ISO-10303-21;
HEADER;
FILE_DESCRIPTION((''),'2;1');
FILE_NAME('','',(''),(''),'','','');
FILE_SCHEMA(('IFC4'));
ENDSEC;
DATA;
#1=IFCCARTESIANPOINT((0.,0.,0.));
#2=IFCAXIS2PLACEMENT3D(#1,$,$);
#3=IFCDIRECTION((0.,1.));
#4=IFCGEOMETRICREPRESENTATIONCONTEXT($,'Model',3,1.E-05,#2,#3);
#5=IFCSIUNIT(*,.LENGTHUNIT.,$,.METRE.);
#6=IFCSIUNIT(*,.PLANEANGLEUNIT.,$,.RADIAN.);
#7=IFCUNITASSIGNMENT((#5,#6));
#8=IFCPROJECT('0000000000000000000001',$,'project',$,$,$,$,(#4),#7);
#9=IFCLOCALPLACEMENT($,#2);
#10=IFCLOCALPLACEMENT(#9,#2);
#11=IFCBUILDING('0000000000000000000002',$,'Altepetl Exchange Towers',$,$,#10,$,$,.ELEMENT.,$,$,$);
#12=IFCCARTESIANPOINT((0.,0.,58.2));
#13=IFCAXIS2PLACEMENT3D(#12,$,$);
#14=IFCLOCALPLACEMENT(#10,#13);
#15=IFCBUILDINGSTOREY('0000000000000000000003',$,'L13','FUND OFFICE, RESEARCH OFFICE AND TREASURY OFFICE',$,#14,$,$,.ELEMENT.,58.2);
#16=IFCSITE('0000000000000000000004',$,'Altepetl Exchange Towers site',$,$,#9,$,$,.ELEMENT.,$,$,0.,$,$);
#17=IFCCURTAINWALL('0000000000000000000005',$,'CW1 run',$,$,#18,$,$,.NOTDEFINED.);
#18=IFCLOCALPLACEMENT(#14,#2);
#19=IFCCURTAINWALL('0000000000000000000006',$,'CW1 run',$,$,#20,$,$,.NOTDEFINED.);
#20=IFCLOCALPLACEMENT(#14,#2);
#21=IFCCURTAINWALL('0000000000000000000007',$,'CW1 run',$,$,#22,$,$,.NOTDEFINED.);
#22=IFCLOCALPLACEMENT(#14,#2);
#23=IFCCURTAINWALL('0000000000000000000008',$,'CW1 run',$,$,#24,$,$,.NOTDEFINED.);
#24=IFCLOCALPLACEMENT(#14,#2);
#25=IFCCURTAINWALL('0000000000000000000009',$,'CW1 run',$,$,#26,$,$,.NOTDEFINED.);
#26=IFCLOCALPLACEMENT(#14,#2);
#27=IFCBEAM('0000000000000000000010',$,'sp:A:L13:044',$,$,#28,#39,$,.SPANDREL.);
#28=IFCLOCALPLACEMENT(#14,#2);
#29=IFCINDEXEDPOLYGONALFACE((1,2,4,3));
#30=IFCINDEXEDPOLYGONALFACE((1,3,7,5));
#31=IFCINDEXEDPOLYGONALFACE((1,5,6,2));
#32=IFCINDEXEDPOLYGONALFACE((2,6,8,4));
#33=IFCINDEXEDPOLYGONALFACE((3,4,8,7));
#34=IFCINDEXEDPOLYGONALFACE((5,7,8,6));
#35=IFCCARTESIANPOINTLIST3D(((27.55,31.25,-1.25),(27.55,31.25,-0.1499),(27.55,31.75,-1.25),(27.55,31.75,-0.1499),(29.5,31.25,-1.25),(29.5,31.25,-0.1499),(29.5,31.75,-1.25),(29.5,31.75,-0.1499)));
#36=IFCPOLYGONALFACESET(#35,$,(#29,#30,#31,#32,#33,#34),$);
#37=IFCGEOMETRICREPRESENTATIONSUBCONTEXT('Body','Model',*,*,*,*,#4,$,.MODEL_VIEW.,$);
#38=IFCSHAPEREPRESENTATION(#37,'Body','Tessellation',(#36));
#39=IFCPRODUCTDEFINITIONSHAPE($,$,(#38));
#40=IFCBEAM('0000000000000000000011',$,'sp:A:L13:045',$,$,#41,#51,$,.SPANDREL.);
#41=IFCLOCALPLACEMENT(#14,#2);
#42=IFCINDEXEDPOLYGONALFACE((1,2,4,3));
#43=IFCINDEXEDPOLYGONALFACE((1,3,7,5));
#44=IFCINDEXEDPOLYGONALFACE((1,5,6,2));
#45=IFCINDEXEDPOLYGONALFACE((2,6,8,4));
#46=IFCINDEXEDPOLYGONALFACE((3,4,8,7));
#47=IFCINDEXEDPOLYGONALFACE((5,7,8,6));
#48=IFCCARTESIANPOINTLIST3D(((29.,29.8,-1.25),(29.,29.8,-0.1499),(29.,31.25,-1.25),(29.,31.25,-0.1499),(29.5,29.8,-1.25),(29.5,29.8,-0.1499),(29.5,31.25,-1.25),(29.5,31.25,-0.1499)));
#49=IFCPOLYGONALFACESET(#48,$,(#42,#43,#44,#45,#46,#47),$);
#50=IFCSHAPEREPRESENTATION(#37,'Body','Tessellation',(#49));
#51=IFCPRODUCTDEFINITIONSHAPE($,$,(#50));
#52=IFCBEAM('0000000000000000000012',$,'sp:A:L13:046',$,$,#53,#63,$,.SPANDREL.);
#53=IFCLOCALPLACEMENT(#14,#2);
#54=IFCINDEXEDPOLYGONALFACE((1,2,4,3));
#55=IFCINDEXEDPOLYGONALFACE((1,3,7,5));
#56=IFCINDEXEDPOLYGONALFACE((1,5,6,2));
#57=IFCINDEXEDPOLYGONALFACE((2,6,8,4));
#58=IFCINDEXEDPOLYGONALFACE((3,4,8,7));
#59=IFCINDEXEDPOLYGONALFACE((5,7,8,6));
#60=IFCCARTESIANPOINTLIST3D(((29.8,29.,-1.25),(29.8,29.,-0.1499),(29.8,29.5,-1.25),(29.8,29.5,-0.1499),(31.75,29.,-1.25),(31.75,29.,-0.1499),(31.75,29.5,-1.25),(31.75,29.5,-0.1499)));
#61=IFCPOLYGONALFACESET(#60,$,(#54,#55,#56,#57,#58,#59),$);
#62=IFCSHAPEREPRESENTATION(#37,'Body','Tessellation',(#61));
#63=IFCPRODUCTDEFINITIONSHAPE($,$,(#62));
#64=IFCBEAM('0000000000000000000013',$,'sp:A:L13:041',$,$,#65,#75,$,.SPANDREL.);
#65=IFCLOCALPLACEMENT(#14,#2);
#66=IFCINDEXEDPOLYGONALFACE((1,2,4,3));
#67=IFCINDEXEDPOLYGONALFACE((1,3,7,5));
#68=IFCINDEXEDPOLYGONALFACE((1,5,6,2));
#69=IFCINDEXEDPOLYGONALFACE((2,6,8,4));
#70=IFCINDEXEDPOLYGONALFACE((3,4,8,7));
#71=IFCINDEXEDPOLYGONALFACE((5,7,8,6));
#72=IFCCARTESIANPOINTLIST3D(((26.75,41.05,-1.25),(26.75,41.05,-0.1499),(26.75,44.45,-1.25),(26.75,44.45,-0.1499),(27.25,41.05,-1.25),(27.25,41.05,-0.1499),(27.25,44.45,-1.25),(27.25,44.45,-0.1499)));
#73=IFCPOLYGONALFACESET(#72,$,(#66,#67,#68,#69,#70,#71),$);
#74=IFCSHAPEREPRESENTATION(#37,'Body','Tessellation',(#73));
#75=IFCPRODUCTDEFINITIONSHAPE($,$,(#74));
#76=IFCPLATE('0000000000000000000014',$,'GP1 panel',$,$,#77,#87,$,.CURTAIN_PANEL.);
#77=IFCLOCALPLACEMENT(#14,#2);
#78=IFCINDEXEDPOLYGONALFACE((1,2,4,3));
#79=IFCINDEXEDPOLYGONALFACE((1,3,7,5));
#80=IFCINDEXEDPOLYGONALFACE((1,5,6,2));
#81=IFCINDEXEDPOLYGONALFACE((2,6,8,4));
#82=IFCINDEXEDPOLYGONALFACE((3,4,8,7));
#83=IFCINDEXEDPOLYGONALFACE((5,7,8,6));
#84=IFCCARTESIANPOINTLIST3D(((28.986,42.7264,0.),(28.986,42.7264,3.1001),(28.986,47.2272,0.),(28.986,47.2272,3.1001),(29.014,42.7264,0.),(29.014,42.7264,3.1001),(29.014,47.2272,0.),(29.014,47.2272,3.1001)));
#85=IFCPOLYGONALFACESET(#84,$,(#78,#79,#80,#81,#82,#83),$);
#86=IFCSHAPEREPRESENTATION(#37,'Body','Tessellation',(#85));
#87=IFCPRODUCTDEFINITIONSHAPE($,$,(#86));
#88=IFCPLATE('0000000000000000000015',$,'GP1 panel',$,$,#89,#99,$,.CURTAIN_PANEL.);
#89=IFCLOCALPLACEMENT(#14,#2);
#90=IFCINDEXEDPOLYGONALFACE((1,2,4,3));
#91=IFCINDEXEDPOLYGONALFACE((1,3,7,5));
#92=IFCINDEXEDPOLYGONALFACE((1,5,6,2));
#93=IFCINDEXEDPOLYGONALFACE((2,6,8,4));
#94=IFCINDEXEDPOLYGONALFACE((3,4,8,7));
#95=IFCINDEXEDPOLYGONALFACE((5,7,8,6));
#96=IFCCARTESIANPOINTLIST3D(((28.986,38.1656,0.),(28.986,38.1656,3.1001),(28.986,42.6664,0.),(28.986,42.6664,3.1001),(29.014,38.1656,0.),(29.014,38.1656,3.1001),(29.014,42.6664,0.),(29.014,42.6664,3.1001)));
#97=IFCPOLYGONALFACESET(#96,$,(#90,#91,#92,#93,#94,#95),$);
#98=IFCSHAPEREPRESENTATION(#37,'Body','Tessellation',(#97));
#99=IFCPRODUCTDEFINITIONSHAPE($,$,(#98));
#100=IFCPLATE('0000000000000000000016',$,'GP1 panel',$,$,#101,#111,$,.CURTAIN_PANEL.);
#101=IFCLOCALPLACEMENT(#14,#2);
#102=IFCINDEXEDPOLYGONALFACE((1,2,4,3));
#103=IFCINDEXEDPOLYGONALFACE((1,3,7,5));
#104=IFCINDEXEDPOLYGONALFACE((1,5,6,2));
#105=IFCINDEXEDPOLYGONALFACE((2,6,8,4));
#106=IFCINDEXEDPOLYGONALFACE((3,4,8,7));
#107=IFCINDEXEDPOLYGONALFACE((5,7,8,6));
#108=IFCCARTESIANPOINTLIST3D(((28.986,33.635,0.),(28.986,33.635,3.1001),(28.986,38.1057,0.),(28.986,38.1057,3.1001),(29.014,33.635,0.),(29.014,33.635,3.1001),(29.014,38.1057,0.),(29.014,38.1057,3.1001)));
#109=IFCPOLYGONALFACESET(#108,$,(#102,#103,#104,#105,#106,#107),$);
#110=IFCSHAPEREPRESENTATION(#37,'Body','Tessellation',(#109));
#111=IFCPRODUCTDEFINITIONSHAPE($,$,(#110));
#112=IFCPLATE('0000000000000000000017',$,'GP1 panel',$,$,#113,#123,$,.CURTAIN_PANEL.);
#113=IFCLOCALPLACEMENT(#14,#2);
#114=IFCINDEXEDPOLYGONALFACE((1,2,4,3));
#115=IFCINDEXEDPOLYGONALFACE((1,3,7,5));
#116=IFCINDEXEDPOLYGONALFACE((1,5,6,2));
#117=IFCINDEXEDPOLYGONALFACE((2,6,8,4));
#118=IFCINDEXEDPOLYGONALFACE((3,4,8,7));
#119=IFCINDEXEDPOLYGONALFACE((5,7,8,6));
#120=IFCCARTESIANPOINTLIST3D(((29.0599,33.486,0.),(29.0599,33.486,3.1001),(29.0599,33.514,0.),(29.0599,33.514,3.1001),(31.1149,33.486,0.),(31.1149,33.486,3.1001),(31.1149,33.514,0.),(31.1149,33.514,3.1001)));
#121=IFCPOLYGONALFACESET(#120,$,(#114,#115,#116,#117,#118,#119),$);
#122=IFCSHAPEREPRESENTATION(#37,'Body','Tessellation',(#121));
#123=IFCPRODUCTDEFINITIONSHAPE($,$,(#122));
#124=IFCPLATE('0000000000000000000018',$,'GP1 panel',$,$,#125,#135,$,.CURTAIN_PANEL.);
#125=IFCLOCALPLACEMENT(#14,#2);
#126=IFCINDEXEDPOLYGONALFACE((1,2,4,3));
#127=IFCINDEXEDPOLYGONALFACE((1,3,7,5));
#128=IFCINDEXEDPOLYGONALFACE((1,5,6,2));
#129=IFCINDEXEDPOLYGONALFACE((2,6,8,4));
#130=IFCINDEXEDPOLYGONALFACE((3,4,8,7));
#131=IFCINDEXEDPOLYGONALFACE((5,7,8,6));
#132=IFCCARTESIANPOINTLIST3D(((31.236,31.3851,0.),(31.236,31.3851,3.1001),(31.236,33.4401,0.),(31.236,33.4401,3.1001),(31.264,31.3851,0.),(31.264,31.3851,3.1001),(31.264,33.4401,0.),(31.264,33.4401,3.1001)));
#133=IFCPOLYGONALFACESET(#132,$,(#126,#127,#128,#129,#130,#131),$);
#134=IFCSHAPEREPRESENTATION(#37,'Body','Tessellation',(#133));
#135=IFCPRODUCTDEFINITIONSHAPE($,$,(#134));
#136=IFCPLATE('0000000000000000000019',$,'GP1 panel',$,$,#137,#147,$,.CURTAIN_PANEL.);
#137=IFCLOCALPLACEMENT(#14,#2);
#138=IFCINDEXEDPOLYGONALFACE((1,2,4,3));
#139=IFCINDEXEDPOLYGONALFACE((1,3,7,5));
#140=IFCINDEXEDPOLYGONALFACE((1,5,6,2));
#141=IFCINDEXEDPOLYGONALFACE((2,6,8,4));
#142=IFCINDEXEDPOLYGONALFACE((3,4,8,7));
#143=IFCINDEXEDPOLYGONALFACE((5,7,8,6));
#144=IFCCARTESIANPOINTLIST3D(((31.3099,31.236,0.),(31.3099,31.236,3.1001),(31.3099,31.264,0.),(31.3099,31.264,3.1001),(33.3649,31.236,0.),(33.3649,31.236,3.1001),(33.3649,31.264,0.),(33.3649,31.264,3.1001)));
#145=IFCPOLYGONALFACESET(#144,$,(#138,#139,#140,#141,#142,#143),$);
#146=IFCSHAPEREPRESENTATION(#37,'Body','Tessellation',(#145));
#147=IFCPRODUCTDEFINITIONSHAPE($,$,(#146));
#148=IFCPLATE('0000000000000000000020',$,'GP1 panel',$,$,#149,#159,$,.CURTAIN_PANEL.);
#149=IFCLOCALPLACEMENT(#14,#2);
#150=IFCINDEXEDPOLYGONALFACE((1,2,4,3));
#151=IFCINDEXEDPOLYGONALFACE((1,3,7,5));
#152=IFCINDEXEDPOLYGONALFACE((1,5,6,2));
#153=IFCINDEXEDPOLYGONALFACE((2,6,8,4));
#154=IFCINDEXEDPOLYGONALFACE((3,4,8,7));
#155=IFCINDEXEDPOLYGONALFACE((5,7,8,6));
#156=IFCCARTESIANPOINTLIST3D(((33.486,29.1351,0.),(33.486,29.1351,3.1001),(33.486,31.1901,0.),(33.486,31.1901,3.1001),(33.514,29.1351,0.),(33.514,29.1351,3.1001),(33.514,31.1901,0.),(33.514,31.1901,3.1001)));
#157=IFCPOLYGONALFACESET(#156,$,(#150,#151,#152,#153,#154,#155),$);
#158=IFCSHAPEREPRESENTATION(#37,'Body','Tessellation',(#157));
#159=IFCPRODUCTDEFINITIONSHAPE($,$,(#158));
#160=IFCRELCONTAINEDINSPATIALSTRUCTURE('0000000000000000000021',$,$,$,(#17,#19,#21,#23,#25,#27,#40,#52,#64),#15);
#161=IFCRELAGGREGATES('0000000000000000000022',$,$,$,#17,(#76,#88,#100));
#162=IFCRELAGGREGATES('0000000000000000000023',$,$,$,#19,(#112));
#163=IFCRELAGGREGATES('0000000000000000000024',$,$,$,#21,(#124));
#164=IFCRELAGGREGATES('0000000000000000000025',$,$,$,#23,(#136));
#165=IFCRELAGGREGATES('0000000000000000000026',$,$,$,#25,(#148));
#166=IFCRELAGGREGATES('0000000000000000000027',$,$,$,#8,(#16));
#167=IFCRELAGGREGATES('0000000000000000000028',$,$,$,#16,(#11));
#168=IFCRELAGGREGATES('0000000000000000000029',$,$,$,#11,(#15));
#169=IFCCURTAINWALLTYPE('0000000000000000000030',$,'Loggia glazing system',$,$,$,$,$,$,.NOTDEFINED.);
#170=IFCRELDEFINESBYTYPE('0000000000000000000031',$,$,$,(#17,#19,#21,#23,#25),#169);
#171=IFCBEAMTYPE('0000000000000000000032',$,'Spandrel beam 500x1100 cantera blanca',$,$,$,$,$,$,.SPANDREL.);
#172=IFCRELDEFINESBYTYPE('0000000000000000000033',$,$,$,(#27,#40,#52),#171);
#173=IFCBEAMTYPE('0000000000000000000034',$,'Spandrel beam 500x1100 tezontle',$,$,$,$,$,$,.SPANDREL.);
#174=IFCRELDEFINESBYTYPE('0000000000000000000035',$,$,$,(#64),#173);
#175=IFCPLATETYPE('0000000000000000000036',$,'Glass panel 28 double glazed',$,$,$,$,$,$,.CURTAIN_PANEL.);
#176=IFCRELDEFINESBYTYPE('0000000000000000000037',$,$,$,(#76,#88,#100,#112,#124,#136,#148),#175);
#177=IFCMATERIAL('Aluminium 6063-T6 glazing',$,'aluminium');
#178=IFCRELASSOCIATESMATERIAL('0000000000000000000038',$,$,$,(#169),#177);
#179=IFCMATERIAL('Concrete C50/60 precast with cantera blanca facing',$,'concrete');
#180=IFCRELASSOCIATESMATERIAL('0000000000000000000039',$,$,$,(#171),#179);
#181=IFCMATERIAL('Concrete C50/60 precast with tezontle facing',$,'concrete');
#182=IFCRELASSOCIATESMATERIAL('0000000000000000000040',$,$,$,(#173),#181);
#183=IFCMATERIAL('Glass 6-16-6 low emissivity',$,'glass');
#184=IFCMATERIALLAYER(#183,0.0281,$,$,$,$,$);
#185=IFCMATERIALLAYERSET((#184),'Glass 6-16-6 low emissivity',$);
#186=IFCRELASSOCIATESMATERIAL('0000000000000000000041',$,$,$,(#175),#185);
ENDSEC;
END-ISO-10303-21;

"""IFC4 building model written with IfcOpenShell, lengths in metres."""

from ifc_helpers import new_model, si_unit, direction, frame, origin, origin_2d, place, context, subcontext, project, spatial, rectangle, extrude, material, layer, layer_set, material_profile, profile_set, type_object, element, aggregate, save


model = new_model("IFC4")

# Units and contexts
model_context = context("Model", 3, precision=1e-05, world=origin(), true_north=direction((0.0, 1.0)))
body_context = subcontext(model_context, "Body", "Model", "MODEL_VIEW")
ifc_project = project(units=[si_unit("LENGTHUNIT", "METRE"), si_unit("PLANEANGLEUNIT", "RADIAN")], contexts=[model_context])

# Site, building, storey
site_placement = place(None, origin())
site = spatial("IfcSite", under=ifc_project, at=site_placement, Name="Altepetl Exchange Towers site", CompositionType="ELEMENT", RefElevation=0.0)
building_placement = place(site_placement, origin())
building = spatial("IfcBuilding", under=site, at=building_placement, Name="Altepetl Exchange Towers", CompositionType="ELEMENT")
storey_placement = place(building_placement, frame((0.0, 0.0, 58.2)))
storey = spatial("IfcBuildingStorey", under=building, at=storey_placement, Name="L13", Description="FUND OFFICE, RESEARCH OFFICE AND TREASURY OFFICE", CompositionType="ELEMENT", Elevation=58.2)

# Curtain walls
ifc_material_1 = material(Name="Aluminium 6063-T6 glazing", Category="aluminium")
curtain_wall_type = type_object("IfcCurtainWallType", Name="Loggia glazing system", PredefinedType="NOTDEFINED", material=ifc_material_1)
curtain_wall_1_placement = place(storey_placement, origin())
curtain_wall_1 = element("IfcCurtainWall", 1, at=curtain_wall_1_placement, inside=storey, type_object=curtain_wall_type, Name="CW1 run", PredefinedType="NOTDEFINED")
curtain_wall_2_placement = place(storey_placement, origin())
curtain_wall_2 = element("IfcCurtainWall", 2, at=curtain_wall_2_placement, inside=storey, type_object=curtain_wall_type, Name="CW1 run", PredefinedType="NOTDEFINED")
curtain_wall_3_placement = place(storey_placement, origin())
curtain_wall_3 = element("IfcCurtainWall", 3, at=curtain_wall_3_placement, inside=storey, type_object=curtain_wall_type, Name="CW1 run", PredefinedType="NOTDEFINED")
curtain_wall_4_placement = place(storey_placement, origin())
curtain_wall_4 = element("IfcCurtainWall", 4, at=curtain_wall_4_placement, inside=storey, type_object=curtain_wall_type, Name="CW1 run", PredefinedType="NOTDEFINED")

# Curtain wall
curtain_wall_5_placement = place(storey_placement, origin())
curtain_wall_5 = element("IfcCurtainWall", 5, at=curtain_wall_5_placement, inside=storey, type_object=curtain_wall_type, Name="CW1 run", PredefinedType="NOTDEFINED")

# Beams
ifc_material_2 = material(Name="Concrete C50/60 precast with cantera blanca facing", Category="concrete")
ifc_material_profile_1 = material_profile(ifc_material_2, rectangle(XDim=0.5, YDim=1.1001, at=origin_2d()), Name="500 x 1100")
ifc_profile_set_1 = profile_set([ifc_material_profile_1], Name="Concrete C50/60 precast with cantera blanca facing")
beam_type_1 = type_object("IfcBeamType", Name="Spandrel beam 500x1100 cantera blanca", PredefinedType="SPANDREL", material=ifc_profile_set_1)
beam_1_placement = place(storey_placement, frame((27.55, 31.5, -0.7), z_axis=(1.0, 0.0, 0.0), x_axis=(0.0, 1.0, 0.0)))
element("IfcBeam", 6, at=beam_1_placement, inside=storey, type_object=beam_type_1, Name="sp:A:L13:044", PredefinedType="SPANDREL", context=body_context, shape_type="SweptSolid", body=[
    extrude(rectangle(XDim=0.5, YDim=1.1001, at=origin_2d()), origin(), (0.0, 0.0, 1.0), 1.95),
])
beam_2_placement = place(storey_placement, frame((29.25, 31.25, -0.7), z_axis=(0.0, -1.0, 0.0), x_axis=(1.0, 0.0, 0.0)))
element("IfcBeam", 7, at=beam_2_placement, inside=storey, type_object=beam_type_1, Name="sp:A:L13:045", PredefinedType="SPANDREL", context=body_context, shape_type="SweptSolid", body=[
    extrude(rectangle(XDim=0.5, YDim=1.1001, at=origin_2d()), origin(), (0.0, 0.0, 1.0), 1.45),
])
beam_3_placement = place(storey_placement, frame((29.8, 29.25, -0.7), z_axis=(1.0, 0.0, 0.0), x_axis=(0.0, 1.0, 0.0)))
element("IfcBeam", 8, at=beam_3_placement, inside=storey, type_object=beam_type_1, Name="sp:A:L13:046", PredefinedType="SPANDREL", context=body_context, shape_type="SweptSolid", body=[
    extrude(rectangle(XDim=0.5, YDim=1.1001, at=origin_2d()), origin(), (0.0, 0.0, 1.0), 1.95),
])
ifc_material_3 = material(Name="Concrete C50/60 precast with tezontle facing", Category="concrete")
ifc_material_profile_2 = material_profile(ifc_material_3, rectangle(XDim=0.5, YDim=1.1001, at=origin_2d()), Name="500 x 1100")
ifc_profile_set_2 = profile_set([ifc_material_profile_2], Name="Concrete C50/60 precast with tezontle facing")
beam_type_2 = type_object("IfcBeamType", Name="Spandrel beam 500x1100 tezontle", PredefinedType="SPANDREL", material=ifc_profile_set_2)
beam_4_placement = place(storey_placement, frame((27.0, 44.45, -0.7), z_axis=(0.0, -1.0, 0.0), x_axis=(1.0, 0.0, 0.0)))
element("IfcBeam", 9, at=beam_4_placement, inside=storey, type_object=beam_type_2, Name="sp:A:L13:041", PredefinedType="SPANDREL", context=body_context, shape_type="SweptSolid", body=[
    extrude(rectangle(XDim=0.5, YDim=1.1001, at=origin_2d()), origin(), (0.0, 0.0, 1.0), 3.3999),
])

# Plates
ifc_material_4 = material(Name="Glass 6-16-6 low emissivity", Category="glass")
ifc_layer = layer(ifc_material_4, 0.0281)
ifc_layer_set = layer_set([ifc_layer], Name="Glass 6-16-6 low emissivity")
plate_type = type_object("IfcPlateType", Name="Glass panel 28 double glazed", PredefinedType="CURTAIN_PANEL", material=ifc_layer_set)
plate_1_placement = place(storey_placement, frame((29.0, 44.9768, 0.0), z_axis=(0.0, 0.0, 1.0), x_axis=(0.0, -1.0, 0.0)))
plate_1 = element("IfcPlate", 10, at=plate_1_placement, type_object=plate_type, Name="GP1 panel", PredefinedType="CURTAIN_PANEL", context=body_context, shape_type="SweptSolid", body=[
    extrude(rectangle(XDim=4.5007, YDim=0.0281, at=origin_2d()), origin(), (0.0, 0.0, 1.0), 3.1001),
])
plate_2_placement = place(storey_placement, frame((29.0, 40.416, 0.0), z_axis=(0.0, 0.0, 1.0), x_axis=(0.0, -1.0, 0.0)))
plate_2 = element("IfcPlate", 11, at=plate_2_placement, type_object=plate_type, Name="GP1 panel", PredefinedType="CURTAIN_PANEL", context=body_context, shape_type="SweptSolid", body=[
    extrude(rectangle(XDim=4.5007, YDim=0.0281, at=origin_2d()), origin(), (0.0, 0.0, 1.0), 3.1001),
])
plate_3_placement = place(storey_placement, frame((29.0, 35.8704, 0.0), z_axis=(0.0, 0.0, 1.0), x_axis=(0.0, -1.0, 0.0)))
plate_3 = element("IfcPlate", 12, at=plate_3_placement, type_object=plate_type, Name="GP1 panel", PredefinedType="CURTAIN_PANEL", context=body_context, shape_type="SweptSolid", body=[
    extrude(rectangle(XDim=4.4707, YDim=0.0281, at=origin_2d()), origin(), (0.0, 0.0, 1.0), 3.1001),
])
aggregate(curtain_wall_1, [plate_1, plate_2, plate_3])
plate_4_placement = place(storey_placement, frame((30.0874, 33.5, 0.0)))
plate_4 = element("IfcPlate", 13, at=plate_4_placement, type_object=plate_type, Name="GP1 panel", PredefinedType="CURTAIN_PANEL", context=body_context, shape_type="SweptSolid", body=[
    extrude(rectangle(XDim=2.0549, YDim=0.0281, at=origin_2d()), origin(), (0.0, 0.0, 1.0), 3.1001),
])
aggregate(curtain_wall_2, [plate_4])
plate_5_placement = place(storey_placement, frame((31.25, 32.4126, 0.0), z_axis=(0.0, 0.0, 1.0), x_axis=(0.0, -1.0, 0.0)))
plate_5 = element("IfcPlate", 14, at=plate_5_placement, type_object=plate_type, Name="GP1 panel", PredefinedType="CURTAIN_PANEL", context=body_context, shape_type="SweptSolid", body=[
    extrude(rectangle(XDim=2.0549, YDim=0.0281, at=origin_2d()), origin(), (0.0, 0.0, 1.0), 3.1001),
])
aggregate(curtain_wall_3, [plate_5])
plate_6_placement = place(storey_placement, frame((32.3374, 31.25, 0.0)))
plate_6 = element("IfcPlate", 15, at=plate_6_placement, type_object=plate_type, Name="GP1 panel", PredefinedType="CURTAIN_PANEL", context=body_context, shape_type="SweptSolid", body=[
    extrude(rectangle(XDim=2.0549, YDim=0.0281, at=origin_2d()), origin(), (0.0, 0.0, 1.0), 3.1001),
])
aggregate(curtain_wall_4, [plate_6])
plate_7_placement = place(storey_placement, frame((33.5, 30.1626, 0.0), z_axis=(0.0, 0.0, 1.0), x_axis=(0.0, -1.0, 0.0)))
plate_7 = element("IfcPlate", 16, at=plate_7_placement, type_object=plate_type, Name="GP1 panel", PredefinedType="CURTAIN_PANEL", context=body_context, shape_type="SweptSolid", body=[
    extrude(rectangle(XDim=2.0549, YDim=0.0281, at=origin_2d()), origin(), (0.0, 0.0, 1.0), 3.1001),
])
aggregate(curtain_wall_5, [plate_7])

save(model, "model.ifc")
